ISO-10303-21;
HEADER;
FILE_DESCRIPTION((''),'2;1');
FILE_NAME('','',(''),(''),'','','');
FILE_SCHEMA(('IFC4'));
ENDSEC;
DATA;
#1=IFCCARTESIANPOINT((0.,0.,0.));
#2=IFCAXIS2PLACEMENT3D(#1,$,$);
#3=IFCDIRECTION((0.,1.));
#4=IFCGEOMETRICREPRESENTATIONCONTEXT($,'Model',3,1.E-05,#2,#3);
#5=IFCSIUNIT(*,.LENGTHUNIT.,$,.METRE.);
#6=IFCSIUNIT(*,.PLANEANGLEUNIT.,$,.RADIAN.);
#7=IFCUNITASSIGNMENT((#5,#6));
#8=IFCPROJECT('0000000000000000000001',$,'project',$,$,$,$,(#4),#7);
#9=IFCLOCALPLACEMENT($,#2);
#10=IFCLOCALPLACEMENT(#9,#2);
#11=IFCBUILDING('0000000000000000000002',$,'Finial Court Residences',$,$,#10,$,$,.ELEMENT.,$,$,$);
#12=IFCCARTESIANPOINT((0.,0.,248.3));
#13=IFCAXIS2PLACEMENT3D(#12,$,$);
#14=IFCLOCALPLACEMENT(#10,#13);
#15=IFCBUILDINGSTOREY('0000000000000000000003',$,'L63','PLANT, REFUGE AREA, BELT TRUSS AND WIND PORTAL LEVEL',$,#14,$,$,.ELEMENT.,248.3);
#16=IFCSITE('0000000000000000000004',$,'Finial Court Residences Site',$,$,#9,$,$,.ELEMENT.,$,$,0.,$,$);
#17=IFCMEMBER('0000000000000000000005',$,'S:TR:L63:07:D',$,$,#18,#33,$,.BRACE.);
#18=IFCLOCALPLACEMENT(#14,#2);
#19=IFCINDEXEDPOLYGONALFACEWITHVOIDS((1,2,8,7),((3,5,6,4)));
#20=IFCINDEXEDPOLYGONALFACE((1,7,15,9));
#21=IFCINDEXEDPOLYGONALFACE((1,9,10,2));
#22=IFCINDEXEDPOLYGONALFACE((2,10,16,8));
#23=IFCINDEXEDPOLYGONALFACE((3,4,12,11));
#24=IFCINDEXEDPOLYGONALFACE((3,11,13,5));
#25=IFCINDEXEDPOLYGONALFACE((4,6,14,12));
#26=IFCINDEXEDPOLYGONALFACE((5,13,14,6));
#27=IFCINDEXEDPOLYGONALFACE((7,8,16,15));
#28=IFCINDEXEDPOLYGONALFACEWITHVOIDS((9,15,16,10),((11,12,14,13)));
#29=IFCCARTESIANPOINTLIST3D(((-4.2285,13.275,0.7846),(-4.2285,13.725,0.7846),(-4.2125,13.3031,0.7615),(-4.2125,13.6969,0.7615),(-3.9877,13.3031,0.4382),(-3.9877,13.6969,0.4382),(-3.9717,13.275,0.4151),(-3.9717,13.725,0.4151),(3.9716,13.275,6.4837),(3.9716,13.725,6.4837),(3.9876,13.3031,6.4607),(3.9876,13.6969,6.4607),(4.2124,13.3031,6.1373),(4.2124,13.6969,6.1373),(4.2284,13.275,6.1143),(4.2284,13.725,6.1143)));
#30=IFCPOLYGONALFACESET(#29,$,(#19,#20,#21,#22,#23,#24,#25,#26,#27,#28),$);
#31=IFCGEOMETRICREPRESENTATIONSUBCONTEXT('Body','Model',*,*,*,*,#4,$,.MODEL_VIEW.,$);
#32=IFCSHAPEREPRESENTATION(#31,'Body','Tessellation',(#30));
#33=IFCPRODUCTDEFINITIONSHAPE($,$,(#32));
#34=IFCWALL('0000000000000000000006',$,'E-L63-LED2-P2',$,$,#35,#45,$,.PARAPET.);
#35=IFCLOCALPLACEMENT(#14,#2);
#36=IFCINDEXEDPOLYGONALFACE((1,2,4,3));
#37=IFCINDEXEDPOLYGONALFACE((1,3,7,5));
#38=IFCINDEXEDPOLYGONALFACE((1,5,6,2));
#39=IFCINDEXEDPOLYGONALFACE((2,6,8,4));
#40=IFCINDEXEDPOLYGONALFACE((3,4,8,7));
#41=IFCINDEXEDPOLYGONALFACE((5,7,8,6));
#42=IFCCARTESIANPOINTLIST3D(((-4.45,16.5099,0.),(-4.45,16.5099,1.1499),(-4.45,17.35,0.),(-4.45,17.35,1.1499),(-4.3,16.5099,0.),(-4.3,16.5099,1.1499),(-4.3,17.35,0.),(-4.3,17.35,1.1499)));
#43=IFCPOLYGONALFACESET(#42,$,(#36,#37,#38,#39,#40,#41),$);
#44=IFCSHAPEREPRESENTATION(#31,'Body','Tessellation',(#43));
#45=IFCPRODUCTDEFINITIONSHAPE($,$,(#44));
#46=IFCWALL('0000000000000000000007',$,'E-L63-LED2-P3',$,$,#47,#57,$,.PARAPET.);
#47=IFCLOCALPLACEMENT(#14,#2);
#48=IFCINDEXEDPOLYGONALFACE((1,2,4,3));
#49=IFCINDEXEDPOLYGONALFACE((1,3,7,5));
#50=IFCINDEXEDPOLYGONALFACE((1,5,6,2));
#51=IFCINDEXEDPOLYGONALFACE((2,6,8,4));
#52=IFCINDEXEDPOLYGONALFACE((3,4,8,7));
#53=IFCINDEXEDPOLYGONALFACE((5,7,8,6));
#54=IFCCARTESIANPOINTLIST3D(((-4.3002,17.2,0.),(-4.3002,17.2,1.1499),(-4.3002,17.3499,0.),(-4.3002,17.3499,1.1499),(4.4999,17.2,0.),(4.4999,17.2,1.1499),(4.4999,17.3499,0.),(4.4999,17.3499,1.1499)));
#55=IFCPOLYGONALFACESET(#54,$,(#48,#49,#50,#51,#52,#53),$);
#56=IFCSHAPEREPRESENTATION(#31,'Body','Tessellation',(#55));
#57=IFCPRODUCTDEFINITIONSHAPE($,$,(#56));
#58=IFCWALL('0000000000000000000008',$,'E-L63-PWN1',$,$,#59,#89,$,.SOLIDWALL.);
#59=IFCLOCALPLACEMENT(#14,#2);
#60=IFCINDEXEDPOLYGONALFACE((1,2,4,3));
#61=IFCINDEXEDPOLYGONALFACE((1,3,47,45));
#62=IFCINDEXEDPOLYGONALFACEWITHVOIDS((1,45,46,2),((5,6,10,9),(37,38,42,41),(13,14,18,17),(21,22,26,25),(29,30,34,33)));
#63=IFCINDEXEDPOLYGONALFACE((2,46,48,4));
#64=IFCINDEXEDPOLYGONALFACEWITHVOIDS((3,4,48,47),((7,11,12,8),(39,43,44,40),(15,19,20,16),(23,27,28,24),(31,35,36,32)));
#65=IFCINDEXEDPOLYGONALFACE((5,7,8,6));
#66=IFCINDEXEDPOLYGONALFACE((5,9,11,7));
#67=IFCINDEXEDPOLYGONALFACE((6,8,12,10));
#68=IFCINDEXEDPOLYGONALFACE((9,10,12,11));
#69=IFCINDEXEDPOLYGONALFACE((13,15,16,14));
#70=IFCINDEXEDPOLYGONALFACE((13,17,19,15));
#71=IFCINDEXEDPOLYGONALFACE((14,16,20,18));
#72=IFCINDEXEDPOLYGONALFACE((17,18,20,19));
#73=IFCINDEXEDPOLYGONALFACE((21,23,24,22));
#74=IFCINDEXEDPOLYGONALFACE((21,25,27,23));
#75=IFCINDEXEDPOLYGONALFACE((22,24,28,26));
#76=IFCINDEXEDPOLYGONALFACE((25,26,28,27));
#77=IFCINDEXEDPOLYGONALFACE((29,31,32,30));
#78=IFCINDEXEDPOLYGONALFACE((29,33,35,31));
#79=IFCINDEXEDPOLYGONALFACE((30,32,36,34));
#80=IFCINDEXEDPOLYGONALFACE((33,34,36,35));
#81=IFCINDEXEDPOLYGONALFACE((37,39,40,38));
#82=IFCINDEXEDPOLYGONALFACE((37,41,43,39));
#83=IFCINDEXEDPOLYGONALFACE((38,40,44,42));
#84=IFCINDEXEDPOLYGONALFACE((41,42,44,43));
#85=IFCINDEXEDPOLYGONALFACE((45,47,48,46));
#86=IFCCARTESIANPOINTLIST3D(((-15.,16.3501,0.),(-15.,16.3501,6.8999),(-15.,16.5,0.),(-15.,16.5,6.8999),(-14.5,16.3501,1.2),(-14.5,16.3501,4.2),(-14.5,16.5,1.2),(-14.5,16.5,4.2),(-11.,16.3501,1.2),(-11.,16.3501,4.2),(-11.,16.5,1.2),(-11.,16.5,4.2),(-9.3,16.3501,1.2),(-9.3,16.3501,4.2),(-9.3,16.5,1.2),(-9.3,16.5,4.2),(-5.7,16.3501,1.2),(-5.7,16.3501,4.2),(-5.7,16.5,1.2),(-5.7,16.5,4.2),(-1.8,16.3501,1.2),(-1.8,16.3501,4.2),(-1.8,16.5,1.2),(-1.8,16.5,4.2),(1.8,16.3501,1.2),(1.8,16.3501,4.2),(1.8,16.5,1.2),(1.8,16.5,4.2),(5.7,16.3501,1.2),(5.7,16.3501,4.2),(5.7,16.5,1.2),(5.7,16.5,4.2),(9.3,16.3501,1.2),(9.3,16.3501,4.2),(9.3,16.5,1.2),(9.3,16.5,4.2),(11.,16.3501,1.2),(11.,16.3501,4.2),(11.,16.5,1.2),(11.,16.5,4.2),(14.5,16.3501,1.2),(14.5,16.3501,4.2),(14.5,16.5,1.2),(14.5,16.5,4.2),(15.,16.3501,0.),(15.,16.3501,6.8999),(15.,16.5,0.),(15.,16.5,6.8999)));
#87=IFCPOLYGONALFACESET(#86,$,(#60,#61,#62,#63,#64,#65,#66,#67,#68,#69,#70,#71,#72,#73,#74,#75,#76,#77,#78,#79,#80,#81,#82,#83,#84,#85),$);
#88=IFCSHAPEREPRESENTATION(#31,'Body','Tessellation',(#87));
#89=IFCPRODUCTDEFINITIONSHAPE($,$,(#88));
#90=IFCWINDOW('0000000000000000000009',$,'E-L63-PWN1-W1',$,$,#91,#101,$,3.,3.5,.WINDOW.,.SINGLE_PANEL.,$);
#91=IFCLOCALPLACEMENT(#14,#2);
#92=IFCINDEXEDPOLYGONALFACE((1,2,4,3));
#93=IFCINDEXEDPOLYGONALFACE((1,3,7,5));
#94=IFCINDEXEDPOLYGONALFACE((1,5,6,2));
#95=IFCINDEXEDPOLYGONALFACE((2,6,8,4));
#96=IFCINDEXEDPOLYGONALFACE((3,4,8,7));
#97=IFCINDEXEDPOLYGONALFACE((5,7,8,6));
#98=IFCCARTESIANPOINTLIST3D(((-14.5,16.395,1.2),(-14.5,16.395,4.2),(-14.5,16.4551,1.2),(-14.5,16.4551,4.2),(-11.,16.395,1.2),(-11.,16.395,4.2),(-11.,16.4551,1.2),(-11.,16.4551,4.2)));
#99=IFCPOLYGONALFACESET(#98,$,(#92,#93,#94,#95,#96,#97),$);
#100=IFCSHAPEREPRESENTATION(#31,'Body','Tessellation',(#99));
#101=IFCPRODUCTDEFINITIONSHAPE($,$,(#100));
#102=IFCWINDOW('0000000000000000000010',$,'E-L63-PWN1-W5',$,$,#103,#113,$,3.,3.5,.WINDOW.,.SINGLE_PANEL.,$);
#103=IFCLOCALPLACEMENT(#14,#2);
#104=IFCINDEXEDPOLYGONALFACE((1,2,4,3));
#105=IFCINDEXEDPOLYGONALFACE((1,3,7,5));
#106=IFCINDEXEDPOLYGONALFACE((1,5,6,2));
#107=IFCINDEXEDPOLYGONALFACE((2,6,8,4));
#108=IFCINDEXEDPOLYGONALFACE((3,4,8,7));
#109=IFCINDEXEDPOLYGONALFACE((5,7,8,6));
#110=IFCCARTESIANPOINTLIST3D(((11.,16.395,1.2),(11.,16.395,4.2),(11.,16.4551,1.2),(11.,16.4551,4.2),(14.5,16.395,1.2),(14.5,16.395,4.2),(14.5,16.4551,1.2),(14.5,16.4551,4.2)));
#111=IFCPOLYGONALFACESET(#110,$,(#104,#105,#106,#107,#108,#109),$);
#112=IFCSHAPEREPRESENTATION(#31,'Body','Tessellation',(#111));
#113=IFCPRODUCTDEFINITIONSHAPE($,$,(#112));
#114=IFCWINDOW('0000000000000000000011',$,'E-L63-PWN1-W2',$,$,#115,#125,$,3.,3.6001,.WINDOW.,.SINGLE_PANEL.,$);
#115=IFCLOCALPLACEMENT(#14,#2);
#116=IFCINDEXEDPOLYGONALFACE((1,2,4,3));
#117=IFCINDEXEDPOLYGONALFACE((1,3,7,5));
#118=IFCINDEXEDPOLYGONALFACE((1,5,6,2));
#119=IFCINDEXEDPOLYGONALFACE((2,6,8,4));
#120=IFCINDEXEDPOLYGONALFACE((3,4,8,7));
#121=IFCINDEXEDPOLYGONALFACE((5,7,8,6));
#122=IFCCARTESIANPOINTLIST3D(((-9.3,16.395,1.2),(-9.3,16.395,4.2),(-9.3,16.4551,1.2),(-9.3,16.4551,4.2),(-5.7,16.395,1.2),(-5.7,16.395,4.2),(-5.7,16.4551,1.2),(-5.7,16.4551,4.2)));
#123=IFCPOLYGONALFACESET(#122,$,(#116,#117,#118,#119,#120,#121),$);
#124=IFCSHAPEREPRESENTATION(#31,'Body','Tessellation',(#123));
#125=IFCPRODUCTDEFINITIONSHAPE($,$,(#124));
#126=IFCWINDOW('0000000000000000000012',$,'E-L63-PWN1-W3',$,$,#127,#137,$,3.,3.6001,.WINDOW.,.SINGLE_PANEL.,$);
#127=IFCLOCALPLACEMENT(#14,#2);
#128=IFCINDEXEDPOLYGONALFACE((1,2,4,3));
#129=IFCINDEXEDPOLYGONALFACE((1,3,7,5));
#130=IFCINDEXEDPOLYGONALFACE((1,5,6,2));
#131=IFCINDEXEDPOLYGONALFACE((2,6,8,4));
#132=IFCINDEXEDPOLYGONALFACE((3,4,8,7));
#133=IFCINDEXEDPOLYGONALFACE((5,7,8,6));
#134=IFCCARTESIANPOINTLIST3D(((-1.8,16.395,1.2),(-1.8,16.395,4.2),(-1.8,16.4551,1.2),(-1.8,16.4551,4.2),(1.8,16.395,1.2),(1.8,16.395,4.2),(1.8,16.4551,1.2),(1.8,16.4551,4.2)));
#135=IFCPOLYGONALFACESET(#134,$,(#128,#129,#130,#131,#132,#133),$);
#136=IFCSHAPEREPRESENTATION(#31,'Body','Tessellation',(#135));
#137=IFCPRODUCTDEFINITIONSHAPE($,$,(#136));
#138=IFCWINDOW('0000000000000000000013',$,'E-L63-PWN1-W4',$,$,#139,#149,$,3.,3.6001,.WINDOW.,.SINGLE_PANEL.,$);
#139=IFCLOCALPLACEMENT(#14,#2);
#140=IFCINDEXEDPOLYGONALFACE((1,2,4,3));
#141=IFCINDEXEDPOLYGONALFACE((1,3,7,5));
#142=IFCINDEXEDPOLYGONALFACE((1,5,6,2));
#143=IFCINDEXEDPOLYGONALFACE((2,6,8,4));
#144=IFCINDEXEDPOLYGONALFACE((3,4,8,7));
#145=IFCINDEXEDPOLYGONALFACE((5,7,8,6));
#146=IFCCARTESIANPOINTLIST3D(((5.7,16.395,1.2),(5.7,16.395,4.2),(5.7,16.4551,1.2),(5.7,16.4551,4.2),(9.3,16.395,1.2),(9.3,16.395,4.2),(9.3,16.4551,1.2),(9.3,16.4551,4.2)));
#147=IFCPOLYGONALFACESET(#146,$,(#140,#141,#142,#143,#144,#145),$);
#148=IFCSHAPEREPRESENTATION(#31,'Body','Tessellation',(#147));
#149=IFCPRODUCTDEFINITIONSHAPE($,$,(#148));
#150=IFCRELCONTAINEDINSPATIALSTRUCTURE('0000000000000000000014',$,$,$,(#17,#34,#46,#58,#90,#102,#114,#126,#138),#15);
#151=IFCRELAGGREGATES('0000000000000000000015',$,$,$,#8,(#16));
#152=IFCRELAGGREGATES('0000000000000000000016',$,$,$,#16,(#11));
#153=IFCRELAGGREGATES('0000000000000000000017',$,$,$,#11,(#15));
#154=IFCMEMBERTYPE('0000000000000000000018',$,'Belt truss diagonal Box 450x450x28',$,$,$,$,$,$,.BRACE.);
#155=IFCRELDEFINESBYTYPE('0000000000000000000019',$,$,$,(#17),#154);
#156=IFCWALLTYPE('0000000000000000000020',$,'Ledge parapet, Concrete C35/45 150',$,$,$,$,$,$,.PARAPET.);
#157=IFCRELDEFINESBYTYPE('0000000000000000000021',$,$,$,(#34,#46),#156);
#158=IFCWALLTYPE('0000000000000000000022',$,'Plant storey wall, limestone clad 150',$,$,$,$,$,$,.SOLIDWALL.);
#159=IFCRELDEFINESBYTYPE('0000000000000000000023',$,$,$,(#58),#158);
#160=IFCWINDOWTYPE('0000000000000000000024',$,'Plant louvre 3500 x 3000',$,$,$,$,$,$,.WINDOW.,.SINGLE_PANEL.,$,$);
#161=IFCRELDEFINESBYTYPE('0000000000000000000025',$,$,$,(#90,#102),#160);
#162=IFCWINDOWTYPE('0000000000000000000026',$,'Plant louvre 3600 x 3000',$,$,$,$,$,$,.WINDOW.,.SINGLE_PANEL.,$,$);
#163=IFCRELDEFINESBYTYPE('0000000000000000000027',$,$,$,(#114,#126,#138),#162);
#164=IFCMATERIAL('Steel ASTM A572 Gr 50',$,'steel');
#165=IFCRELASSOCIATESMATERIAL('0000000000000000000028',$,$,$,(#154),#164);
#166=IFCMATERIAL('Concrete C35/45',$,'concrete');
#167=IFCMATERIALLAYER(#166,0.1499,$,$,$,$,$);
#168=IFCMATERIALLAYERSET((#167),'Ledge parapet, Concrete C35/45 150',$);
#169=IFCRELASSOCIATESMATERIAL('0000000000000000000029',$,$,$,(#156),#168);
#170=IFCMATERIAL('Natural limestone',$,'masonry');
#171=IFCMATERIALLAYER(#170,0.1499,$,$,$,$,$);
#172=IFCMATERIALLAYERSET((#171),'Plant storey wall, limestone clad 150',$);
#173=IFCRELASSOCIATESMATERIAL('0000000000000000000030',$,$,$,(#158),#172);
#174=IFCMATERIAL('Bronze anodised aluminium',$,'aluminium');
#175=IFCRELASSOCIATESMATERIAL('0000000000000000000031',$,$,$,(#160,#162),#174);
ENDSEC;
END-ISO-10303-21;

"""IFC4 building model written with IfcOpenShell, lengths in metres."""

from ifc_helpers import new_model, si_unit, direction, frame, frame_2d, origin, origin_2d, place, context, subcontext, project, spatial, rectangle, hollow_rectangle, extrude, material, layer, layer_set, material_profile, profile_set, type_object, element, fill, save


model = new_model("IFC4")

# Units and contexts
model_context = context("Model", 3, precision=1e-05, world=origin(), true_north=direction((0.0, 1.0)))
body_context = subcontext(model_context, "Body", "Model", "MODEL_VIEW")
ifc_project = project(units=[si_unit("LENGTHUNIT", "METRE"), si_unit("PLANEANGLEUNIT", "RADIAN")], contexts=[model_context])

# Site, building, storey
site_placement = place(None, origin())
site = spatial("IfcSite", under=ifc_project, at=site_placement, Name="Finial Court Residences Site", CompositionType="ELEMENT", RefElevation=0.0)
building_placement = place(site_placement, origin())
building = spatial("IfcBuilding", under=site, at=building_placement, Name="Finial Court Residences", CompositionType="ELEMENT")
storey_placement = place(building_placement, frame((0.0, 0.0, 248.3)))
storey = spatial("IfcBuildingStorey", under=building, at=storey_placement, Name="L63", Description="PLANT, REFUGE AREA, BELT TRUSS AND WIND PORTAL LEVEL", CompositionType="ELEMENT", Elevation=248.3)

# Member
ifc_material_1 = material(Name="Steel ASTM A572 Gr 50", Category="steel")
ifc_material_profile_1 = material_profile(ifc_material_1, hollow_rectangle(XDim=0.45, YDim=0.45, WallThickness=0.0281, at=origin_2d()), Name="Box 450x450x28")
ifc_profile_set_1 = profile_set([ifc_material_profile_1], Name="Steel ASTM A572 Gr 50")
member_type_1 = type_object("IfcMemberType", Name="Belt truss diagonal Box 450x450x28", PredefinedType="BRACE", material=ifc_profile_set_1)
member_1_placement = place(storey_placement, frame((-4.1001, 13.5, 0.5999), z_axis=(0.821152, 0.0, 0.570709), x_axis=(0.0, 1.0, 0.0)))
element("IfcMember", 1, at=member_1_placement, inside=storey, type_object=member_type_1, Name="S:TR:L63:07:D", PredefinedType="BRACE", context=body_context, shape_type="SweptSolid", body=[
    extrude(hollow_rectangle(XDim=0.45, YDim=0.45, WallThickness=0.0281, at=origin_2d()), origin(), (0.0, 0.0, 1.0), 9.9861),
])

# Walls
ifc_material_2 = material(Name="Concrete C35/45", Category="concrete")
ifc_layer_1 = layer(ifc_material_2, 0.1499)
ifc_layer_set_1 = layer_set([ifc_layer_1], Name="Ledge parapet, Concrete C35/45 150")
wall_type_1 = type_object("IfcWallType", Name="Ledge parapet, Concrete C35/45 150", PredefinedType="PARAPET", material=ifc_layer_set_1)
wall_1_placement = place(storey_placement, frame((-4.375, 16.51, 0.0), z_axis=(0.0, 0.0, 1.0), x_axis=(0.0, 1.0, 0.0)))
element("IfcWall", 2, at=wall_1_placement, inside=storey, type_object=wall_type_1, Name="E-L63-LED2-P2", PredefinedType="PARAPET", context=body_context, shape_type="SweptSolid", body=[
    extrude(rectangle(XDim=0.8401, YDim=0.1499, at=frame_2d((0.4199, 0.0))), origin(), (0.0, 0.0, 1.0), 1.1499),
])
wall_2_placement = place(storey_placement, frame((-4.3, 17.2749, 0.0), z_axis=(0.0, 0.0, 1.0), x_axis=(1.0, 0.0, 0.0)))
element("IfcWall", 3, at=wall_2_placement, inside=storey, type_object=wall_type_1, Name="E-L63-LED2-P3", PredefinedType="PARAPET", context=body_context, shape_type="SweptSolid", body=[
    extrude(rectangle(XDim=8.8, YDim=0.1499, at=frame_2d((4.3999, 0.0))), origin(), (0.0, 0.0, 1.0), 1.1499),
])

# Wall, openings, windows
ifc_material_3 = material(Name="Natural limestone", Category="masonry")
ifc_layer_2 = layer(ifc_material_3, 0.1499)
ifc_layer_set_2 = layer_set([ifc_layer_2], Name="Plant storey wall, limestone clad 150")
wall_type_2 = type_object("IfcWallType", Name="Plant storey wall, limestone clad 150", PredefinedType="SOLIDWALL", material=ifc_layer_set_2)
wall_3_placement = place(storey_placement, frame((-15.0, 16.425, 0.0), z_axis=(0.0, 0.0, 1.0), x_axis=(1.0, 0.0, 0.0)))
wall_3 = element("IfcWall", 4, at=wall_3_placement, inside=storey, type_object=wall_type_2, Name="E-L63-PWN1", PredefinedType="SOLIDWALL", context=body_context, shape_type="SweptSolid", body=[
    extrude(rectangle(XDim=30.0, YDim=0.1499, at=frame_2d((15.0, 0.0))), origin(), (0.0, 0.0, 1.0), 6.8999),
])
opening_1_placement = place(wall_3_placement, frame((0.5, 0.0, 1.2)))
opening_1 = element("IfcOpeningElement", 5, at=opening_1_placement, cuts=wall_3, PredefinedType="OPENING", context=body_context, shape_type="SweptSolid", body=[
    extrude(rectangle(XDim=3.5, YDim=3.0, at=frame_2d((1.75, 1.5))), frame((0.0, 0.085, 0.0), z_axis=(0.0, -1.0, 0.0), x_axis=(1.0, 0.0, 0.0)), (0.0, 0.0, 1.0), 0.1699),
])
opening_2_placement = place(wall_3_placement, frame((5.7, 0.0, 1.2)))
opening_2 = element("IfcOpeningElement", 6, at=opening_2_placement, cuts=wall_3, PredefinedType="OPENING", context=body_context, shape_type="SweptSolid", body=[
    extrude(rectangle(XDim=3.6001, YDim=3.0, at=frame_2d((1.8, 1.5))), frame((0.0, 0.085, 0.0), z_axis=(0.0, -1.0, 0.0), x_axis=(1.0, 0.0, 0.0)), (0.0, 0.0, 1.0), 0.1699),
])
opening_3_placement = place(wall_3_placement, frame((13.2, 0.0, 1.2)))
opening_3 = element("IfcOpeningElement", 7, at=opening_3_placement, cuts=wall_3, PredefinedType="OPENING", context=body_context, shape_type="SweptSolid", body=[
    extrude(rectangle(XDim=3.6001, YDim=3.0, at=frame_2d((1.8, 1.5))), frame((0.0, 0.085, 0.0), z_axis=(0.0, -1.0, 0.0), x_axis=(1.0, 0.0, 0.0)), (0.0, 0.0, 1.0), 0.1699),
])
opening_4_placement = place(wall_3_placement, frame((20.7, 0.0, 1.2)))
opening_4 = element("IfcOpeningElement", 8, at=opening_4_placement, cuts=wall_3, PredefinedType="OPENING", context=body_context, shape_type="SweptSolid", body=[
    extrude(rectangle(XDim=3.6001, YDim=3.0, at=frame_2d((1.8, 1.5))), frame((0.0, 0.085, 0.0), z_axis=(0.0, -1.0, 0.0), x_axis=(1.0, 0.0, 0.0)), (0.0, 0.0, 1.0), 0.1699),
])
opening_5_placement = place(wall_3_placement, frame((26.0, 0.0, 1.2)))
opening_5 = element("IfcOpeningElement", 9, at=opening_5_placement, cuts=wall_3, PredefinedType="OPENING", context=body_context, shape_type="SweptSolid", body=[
    extrude(rectangle(XDim=3.5, YDim=3.0, at=frame_2d((1.75, 1.5))), frame((0.0, 0.085, 0.0), z_axis=(0.0, -1.0, 0.0), x_axis=(1.0, 0.0, 0.0)), (0.0, 0.0, 1.0), 0.1699),
])
ifc_material_4 = material(Name="Bronze anodised aluminium", Category="aluminium")
window_type_1 = type_object("IfcWindowType", Name="Plant louvre 3500 x 3000", PartitioningType="SINGLE_PANEL", PredefinedType="WINDOW", material=ifc_material_4)
window_1_placement = place(opening_1_placement, origin())
window_1 = element("IfcWindow", 10, at=window_1_placement, inside=storey, type_object=window_type_1, Name="E-L63-PWN1-W1", OverallHeight=3.0, OverallWidth=3.5, PartitioningType="SINGLE_PANEL", PredefinedType="WINDOW", context=body_context, shape_type="SweptSolid", body=[
    extrude(rectangle(XDim=3.5, YDim=3.0, at=frame_2d((1.75, 1.5))), frame((0.0, 0.03, 0.0), z_axis=(0.0, -1.0, 0.0), x_axis=(1.0, 0.0, 0.0)), (0.0, 0.0, 1.0), 0.0601),
])
fill(opening_1, window_1)
window_2_placement = place(opening_5_placement, origin())
window_2 = element("IfcWindow", 11, at=window_2_placement, inside=storey, type_object=window_type_1, Name="E-L63-PWN1-W5", OverallHeight=3.0, OverallWidth=3.5, PartitioningType="SINGLE_PANEL", PredefinedType="WINDOW", context=body_context, shape_type="SweptSolid", body=[
    extrude(rectangle(XDim=3.5, YDim=3.0, at=frame_2d((1.75, 1.5))), frame((0.0, 0.03, 0.0), z_axis=(0.0, -1.0, 0.0), x_axis=(1.0, 0.0, 0.0)), (0.0, 0.0, 1.0), 0.0601),
])
fill(opening_5, window_2)
window_type_2 = type_object("IfcWindowType", Name="Plant louvre 3600 x 3000", PartitioningType="SINGLE_PANEL", PredefinedType="WINDOW", material=ifc_material_4)
window_3_placement = place(opening_2_placement, origin())
window_3 = element("IfcWindow", 12, at=window_3_placement, inside=storey, type_object=window_type_2, Name="E-L63-PWN1-W2", OverallHeight=3.0, OverallWidth=3.6001, PartitioningType="SINGLE_PANEL", PredefinedType="WINDOW", context=body_context, shape_type="SweptSolid", body=[
    extrude(rectangle(XDim=3.6001, YDim=3.0, at=frame_2d((1.8, 1.5))), frame((0.0, 0.03, 0.0), z_axis=(0.0, -1.0, 0.0), x_axis=(1.0, 0.0, 0.0)), (0.0, 0.0, 1.0), 0.0601),
])
fill(opening_2, window_3)
window_4_placement = place(opening_3_placement, origin())
window_4 = element("IfcWindow", 13, at=window_4_placement, inside=storey, type_object=window_type_2, Name="E-L63-PWN1-W3", OverallHeight=3.0, OverallWidth=3.6001, PartitioningType="SINGLE_PANEL", PredefinedType="WINDOW", context=body_context, shape_type="SweptSolid", body=[
    extrude(rectangle(XDim=3.6001, YDim=3.0, at=frame_2d((1.8, 1.5))), frame((0.0, 0.03, 0.0), z_axis=(0.0, -1.0, 0.0), x_axis=(1.0, 0.0, 0.0)), (0.0, 0.0, 1.0), 0.0601),
])
fill(opening_3, window_4)
window_5_placement = place(opening_4_placement, origin())
window_5 = element("IfcWindow", 14, at=window_5_placement, inside=storey, type_object=window_type_2, Name="E-L63-PWN1-W4", OverallHeight=3.0, OverallWidth=3.6001, PartitioningType="SINGLE_PANEL", PredefinedType="WINDOW", context=body_context, shape_type="SweptSolid", body=[
    extrude(rectangle(XDim=3.6001, YDim=3.0, at=frame_2d((1.8, 1.5))), frame((0.0, 0.03, 0.0), z_axis=(0.0, -1.0, 0.0), x_axis=(1.0, 0.0, 0.0)), (0.0, 0.0, 1.0), 0.0601),
])
fill(opening_4, window_5)

save(model, "model.ifc")
